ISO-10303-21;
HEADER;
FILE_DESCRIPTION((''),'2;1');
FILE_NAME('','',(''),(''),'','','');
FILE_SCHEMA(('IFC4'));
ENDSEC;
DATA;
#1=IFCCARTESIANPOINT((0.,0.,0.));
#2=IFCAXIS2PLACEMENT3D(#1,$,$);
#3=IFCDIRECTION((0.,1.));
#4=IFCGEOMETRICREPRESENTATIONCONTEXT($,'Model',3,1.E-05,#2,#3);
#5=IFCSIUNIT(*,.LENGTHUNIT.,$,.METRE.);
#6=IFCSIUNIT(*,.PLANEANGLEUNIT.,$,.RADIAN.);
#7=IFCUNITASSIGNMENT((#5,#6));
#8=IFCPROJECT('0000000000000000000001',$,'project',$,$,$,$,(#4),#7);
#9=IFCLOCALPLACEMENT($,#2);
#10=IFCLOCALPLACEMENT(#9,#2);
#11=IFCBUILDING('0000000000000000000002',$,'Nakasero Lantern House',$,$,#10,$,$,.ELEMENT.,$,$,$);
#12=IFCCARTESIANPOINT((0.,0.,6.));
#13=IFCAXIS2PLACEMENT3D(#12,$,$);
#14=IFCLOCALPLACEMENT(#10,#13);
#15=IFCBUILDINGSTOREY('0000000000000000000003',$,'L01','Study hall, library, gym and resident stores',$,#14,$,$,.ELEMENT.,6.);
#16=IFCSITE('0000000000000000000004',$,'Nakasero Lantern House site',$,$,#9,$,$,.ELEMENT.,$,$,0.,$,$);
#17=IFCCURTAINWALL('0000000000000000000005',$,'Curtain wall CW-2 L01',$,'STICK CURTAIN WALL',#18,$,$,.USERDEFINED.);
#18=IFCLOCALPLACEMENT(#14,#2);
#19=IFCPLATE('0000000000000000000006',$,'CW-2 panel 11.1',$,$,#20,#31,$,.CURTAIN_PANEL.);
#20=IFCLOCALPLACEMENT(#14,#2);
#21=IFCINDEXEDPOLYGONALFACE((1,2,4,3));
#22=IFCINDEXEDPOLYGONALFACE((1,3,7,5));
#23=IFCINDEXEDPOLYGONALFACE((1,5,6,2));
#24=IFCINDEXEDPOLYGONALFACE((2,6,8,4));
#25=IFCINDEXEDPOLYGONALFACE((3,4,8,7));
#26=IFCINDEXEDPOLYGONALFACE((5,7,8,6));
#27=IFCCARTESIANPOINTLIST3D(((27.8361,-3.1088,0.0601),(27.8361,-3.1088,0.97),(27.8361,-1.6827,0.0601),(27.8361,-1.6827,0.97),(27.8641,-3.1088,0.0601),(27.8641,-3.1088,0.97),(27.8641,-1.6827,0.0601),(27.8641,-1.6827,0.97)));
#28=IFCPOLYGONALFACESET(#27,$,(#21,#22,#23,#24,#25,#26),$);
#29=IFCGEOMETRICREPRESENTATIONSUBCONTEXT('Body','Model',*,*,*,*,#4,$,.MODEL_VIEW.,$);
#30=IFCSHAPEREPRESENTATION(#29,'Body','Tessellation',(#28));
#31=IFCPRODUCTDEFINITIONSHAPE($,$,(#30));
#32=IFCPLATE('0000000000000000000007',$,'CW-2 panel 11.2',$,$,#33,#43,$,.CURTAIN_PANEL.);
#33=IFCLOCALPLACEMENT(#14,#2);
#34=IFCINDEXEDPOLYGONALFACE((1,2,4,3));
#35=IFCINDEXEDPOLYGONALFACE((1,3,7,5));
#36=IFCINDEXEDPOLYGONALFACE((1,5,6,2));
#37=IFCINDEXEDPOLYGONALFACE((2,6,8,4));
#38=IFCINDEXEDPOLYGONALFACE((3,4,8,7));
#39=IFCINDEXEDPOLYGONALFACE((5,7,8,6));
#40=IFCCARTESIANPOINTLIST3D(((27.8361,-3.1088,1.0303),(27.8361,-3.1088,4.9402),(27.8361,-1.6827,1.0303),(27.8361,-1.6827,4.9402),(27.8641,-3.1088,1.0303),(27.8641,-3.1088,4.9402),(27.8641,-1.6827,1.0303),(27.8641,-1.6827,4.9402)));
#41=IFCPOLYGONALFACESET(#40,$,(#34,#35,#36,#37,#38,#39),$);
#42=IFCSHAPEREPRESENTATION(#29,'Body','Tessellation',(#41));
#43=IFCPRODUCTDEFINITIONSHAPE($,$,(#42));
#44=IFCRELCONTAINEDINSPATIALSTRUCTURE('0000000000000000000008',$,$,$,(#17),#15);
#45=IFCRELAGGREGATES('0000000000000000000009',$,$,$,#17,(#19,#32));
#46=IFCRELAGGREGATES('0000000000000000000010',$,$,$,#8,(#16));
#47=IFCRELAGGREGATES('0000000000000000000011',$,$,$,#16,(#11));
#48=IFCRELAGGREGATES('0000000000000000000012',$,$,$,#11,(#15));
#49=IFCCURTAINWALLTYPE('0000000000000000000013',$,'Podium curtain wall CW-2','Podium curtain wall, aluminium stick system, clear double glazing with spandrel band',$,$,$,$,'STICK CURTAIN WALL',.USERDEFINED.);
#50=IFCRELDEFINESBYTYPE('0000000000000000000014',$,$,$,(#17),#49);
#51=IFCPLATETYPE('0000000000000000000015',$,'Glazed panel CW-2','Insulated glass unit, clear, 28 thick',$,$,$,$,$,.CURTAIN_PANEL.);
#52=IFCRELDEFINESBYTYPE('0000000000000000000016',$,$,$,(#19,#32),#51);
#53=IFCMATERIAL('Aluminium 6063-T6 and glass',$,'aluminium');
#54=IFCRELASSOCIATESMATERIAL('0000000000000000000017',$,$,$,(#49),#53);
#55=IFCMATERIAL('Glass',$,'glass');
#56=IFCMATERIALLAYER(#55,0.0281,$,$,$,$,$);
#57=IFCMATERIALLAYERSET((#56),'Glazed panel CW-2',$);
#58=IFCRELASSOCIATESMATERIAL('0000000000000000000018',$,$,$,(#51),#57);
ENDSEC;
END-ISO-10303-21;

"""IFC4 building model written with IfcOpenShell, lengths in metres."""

from ifc_helpers import new_model, si_unit, direction, frame, origin, origin_2d, place, context, subcontext, project, spatial, rectangle, extrude, material, layer, layer_set, type_object, element, aggregate, save


model = new_model("IFC4")

# Units and contexts
model_context = context("Model", 3, precision=1e-05, world=origin(), true_north=direction((0.0, 1.0)))
body_context = subcontext(model_context, "Body", "Model", "MODEL_VIEW")
ifc_project = project(units=[si_unit("LENGTHUNIT", "METRE"), si_unit("PLANEANGLEUNIT", "RADIAN")], contexts=[model_context])

# Site, building, storey
site_placement = place(None, origin())
site = spatial("IfcSite", under=ifc_project, at=site_placement, Name="Nakasero Lantern House site", CompositionType="ELEMENT", RefElevation=0.0)
building_placement = place(site_placement, origin())
building = spatial("IfcBuilding", under=site, at=building_placement, Name="Nakasero Lantern House", CompositionType="ELEMENT")
storey_placement = place(building_placement, frame((0.0, 0.0, 6.0)))
storey = spatial("IfcBuildingStorey", under=building, at=storey_placement, Name="L01", Description="Study hall, library, gym and resident stores", CompositionType="ELEMENT", Elevation=6.0)

# Curtain wall
ifc_material_1 = material(Name="Aluminium 6063-T6 and glass", Category="aluminium")
curtain_wall_type = type_object("IfcCurtainWallType", Name="Podium curtain wall CW-2", Description="Podium curtain wall, aluminium stick system, clear double glazing with spandrel band", ElementType="STICK CURTAIN WALL", PredefinedType="USERDEFINED", material=ifc_material_1)
curtain_wall_placement = place(storey_placement, origin())
curtain_wall = element("IfcCurtainWall", 1, at=curtain_wall_placement, inside=storey, type_object=curtain_wall_type, Name="Curtain wall CW-2 L01", ObjectType="STICK CURTAIN WALL", PredefinedType="USERDEFINED")

# Plates
ifc_material_2 = material(Name="Glass", Category="glass")
ifc_layer = layer(ifc_material_2, 0.0281)
ifc_layer_set = layer_set([ifc_layer], Name="Glazed panel CW-2")
plate_type = type_object("IfcPlateType", Name="Glazed panel CW-2", Description="Insulated glass unit, clear, 28 thick", PredefinedType="CURTAIN_PANEL", material=ifc_layer_set)
plate_1_placement = place(storey_placement, frame((27.8501, -2.3958, 0.0601), z_axis=(0.0, 0.0, 1.0), x_axis=(0.0, 1.0, 0.0)))
plate_1 = element("IfcPlate", 2, at=plate_1_placement, type_object=plate_type, Name="CW-2 panel 11.1", PredefinedType="CURTAIN_PANEL", context=body_context, shape_type="SweptSolid", body=[
    extrude(rectangle(XDim=1.426, YDim=0.0281, at=origin_2d()), origin(), (0.0, 0.0, 1.0), 0.9099),
])
plate_2_placement = place(storey_placement, frame((27.8501, -2.3958, 1.0303), z_axis=(0.0, 0.0, 1.0), x_axis=(0.0, 1.0, 0.0)))
plate_2 = element("IfcPlate", 3, at=plate_2_placement, type_object=plate_type, Name="CW-2 panel 11.2", PredefinedType="CURTAIN_PANEL", context=body_context, shape_type="SweptSolid", body=[
    extrude(rectangle(XDim=1.426, YDim=0.0281, at=origin_2d()), origin(), (0.0, 0.0, 1.0), 3.9099),
])
aggregate(curtain_wall, [plate_1, plate_2])

save(model, "model.ifc")
